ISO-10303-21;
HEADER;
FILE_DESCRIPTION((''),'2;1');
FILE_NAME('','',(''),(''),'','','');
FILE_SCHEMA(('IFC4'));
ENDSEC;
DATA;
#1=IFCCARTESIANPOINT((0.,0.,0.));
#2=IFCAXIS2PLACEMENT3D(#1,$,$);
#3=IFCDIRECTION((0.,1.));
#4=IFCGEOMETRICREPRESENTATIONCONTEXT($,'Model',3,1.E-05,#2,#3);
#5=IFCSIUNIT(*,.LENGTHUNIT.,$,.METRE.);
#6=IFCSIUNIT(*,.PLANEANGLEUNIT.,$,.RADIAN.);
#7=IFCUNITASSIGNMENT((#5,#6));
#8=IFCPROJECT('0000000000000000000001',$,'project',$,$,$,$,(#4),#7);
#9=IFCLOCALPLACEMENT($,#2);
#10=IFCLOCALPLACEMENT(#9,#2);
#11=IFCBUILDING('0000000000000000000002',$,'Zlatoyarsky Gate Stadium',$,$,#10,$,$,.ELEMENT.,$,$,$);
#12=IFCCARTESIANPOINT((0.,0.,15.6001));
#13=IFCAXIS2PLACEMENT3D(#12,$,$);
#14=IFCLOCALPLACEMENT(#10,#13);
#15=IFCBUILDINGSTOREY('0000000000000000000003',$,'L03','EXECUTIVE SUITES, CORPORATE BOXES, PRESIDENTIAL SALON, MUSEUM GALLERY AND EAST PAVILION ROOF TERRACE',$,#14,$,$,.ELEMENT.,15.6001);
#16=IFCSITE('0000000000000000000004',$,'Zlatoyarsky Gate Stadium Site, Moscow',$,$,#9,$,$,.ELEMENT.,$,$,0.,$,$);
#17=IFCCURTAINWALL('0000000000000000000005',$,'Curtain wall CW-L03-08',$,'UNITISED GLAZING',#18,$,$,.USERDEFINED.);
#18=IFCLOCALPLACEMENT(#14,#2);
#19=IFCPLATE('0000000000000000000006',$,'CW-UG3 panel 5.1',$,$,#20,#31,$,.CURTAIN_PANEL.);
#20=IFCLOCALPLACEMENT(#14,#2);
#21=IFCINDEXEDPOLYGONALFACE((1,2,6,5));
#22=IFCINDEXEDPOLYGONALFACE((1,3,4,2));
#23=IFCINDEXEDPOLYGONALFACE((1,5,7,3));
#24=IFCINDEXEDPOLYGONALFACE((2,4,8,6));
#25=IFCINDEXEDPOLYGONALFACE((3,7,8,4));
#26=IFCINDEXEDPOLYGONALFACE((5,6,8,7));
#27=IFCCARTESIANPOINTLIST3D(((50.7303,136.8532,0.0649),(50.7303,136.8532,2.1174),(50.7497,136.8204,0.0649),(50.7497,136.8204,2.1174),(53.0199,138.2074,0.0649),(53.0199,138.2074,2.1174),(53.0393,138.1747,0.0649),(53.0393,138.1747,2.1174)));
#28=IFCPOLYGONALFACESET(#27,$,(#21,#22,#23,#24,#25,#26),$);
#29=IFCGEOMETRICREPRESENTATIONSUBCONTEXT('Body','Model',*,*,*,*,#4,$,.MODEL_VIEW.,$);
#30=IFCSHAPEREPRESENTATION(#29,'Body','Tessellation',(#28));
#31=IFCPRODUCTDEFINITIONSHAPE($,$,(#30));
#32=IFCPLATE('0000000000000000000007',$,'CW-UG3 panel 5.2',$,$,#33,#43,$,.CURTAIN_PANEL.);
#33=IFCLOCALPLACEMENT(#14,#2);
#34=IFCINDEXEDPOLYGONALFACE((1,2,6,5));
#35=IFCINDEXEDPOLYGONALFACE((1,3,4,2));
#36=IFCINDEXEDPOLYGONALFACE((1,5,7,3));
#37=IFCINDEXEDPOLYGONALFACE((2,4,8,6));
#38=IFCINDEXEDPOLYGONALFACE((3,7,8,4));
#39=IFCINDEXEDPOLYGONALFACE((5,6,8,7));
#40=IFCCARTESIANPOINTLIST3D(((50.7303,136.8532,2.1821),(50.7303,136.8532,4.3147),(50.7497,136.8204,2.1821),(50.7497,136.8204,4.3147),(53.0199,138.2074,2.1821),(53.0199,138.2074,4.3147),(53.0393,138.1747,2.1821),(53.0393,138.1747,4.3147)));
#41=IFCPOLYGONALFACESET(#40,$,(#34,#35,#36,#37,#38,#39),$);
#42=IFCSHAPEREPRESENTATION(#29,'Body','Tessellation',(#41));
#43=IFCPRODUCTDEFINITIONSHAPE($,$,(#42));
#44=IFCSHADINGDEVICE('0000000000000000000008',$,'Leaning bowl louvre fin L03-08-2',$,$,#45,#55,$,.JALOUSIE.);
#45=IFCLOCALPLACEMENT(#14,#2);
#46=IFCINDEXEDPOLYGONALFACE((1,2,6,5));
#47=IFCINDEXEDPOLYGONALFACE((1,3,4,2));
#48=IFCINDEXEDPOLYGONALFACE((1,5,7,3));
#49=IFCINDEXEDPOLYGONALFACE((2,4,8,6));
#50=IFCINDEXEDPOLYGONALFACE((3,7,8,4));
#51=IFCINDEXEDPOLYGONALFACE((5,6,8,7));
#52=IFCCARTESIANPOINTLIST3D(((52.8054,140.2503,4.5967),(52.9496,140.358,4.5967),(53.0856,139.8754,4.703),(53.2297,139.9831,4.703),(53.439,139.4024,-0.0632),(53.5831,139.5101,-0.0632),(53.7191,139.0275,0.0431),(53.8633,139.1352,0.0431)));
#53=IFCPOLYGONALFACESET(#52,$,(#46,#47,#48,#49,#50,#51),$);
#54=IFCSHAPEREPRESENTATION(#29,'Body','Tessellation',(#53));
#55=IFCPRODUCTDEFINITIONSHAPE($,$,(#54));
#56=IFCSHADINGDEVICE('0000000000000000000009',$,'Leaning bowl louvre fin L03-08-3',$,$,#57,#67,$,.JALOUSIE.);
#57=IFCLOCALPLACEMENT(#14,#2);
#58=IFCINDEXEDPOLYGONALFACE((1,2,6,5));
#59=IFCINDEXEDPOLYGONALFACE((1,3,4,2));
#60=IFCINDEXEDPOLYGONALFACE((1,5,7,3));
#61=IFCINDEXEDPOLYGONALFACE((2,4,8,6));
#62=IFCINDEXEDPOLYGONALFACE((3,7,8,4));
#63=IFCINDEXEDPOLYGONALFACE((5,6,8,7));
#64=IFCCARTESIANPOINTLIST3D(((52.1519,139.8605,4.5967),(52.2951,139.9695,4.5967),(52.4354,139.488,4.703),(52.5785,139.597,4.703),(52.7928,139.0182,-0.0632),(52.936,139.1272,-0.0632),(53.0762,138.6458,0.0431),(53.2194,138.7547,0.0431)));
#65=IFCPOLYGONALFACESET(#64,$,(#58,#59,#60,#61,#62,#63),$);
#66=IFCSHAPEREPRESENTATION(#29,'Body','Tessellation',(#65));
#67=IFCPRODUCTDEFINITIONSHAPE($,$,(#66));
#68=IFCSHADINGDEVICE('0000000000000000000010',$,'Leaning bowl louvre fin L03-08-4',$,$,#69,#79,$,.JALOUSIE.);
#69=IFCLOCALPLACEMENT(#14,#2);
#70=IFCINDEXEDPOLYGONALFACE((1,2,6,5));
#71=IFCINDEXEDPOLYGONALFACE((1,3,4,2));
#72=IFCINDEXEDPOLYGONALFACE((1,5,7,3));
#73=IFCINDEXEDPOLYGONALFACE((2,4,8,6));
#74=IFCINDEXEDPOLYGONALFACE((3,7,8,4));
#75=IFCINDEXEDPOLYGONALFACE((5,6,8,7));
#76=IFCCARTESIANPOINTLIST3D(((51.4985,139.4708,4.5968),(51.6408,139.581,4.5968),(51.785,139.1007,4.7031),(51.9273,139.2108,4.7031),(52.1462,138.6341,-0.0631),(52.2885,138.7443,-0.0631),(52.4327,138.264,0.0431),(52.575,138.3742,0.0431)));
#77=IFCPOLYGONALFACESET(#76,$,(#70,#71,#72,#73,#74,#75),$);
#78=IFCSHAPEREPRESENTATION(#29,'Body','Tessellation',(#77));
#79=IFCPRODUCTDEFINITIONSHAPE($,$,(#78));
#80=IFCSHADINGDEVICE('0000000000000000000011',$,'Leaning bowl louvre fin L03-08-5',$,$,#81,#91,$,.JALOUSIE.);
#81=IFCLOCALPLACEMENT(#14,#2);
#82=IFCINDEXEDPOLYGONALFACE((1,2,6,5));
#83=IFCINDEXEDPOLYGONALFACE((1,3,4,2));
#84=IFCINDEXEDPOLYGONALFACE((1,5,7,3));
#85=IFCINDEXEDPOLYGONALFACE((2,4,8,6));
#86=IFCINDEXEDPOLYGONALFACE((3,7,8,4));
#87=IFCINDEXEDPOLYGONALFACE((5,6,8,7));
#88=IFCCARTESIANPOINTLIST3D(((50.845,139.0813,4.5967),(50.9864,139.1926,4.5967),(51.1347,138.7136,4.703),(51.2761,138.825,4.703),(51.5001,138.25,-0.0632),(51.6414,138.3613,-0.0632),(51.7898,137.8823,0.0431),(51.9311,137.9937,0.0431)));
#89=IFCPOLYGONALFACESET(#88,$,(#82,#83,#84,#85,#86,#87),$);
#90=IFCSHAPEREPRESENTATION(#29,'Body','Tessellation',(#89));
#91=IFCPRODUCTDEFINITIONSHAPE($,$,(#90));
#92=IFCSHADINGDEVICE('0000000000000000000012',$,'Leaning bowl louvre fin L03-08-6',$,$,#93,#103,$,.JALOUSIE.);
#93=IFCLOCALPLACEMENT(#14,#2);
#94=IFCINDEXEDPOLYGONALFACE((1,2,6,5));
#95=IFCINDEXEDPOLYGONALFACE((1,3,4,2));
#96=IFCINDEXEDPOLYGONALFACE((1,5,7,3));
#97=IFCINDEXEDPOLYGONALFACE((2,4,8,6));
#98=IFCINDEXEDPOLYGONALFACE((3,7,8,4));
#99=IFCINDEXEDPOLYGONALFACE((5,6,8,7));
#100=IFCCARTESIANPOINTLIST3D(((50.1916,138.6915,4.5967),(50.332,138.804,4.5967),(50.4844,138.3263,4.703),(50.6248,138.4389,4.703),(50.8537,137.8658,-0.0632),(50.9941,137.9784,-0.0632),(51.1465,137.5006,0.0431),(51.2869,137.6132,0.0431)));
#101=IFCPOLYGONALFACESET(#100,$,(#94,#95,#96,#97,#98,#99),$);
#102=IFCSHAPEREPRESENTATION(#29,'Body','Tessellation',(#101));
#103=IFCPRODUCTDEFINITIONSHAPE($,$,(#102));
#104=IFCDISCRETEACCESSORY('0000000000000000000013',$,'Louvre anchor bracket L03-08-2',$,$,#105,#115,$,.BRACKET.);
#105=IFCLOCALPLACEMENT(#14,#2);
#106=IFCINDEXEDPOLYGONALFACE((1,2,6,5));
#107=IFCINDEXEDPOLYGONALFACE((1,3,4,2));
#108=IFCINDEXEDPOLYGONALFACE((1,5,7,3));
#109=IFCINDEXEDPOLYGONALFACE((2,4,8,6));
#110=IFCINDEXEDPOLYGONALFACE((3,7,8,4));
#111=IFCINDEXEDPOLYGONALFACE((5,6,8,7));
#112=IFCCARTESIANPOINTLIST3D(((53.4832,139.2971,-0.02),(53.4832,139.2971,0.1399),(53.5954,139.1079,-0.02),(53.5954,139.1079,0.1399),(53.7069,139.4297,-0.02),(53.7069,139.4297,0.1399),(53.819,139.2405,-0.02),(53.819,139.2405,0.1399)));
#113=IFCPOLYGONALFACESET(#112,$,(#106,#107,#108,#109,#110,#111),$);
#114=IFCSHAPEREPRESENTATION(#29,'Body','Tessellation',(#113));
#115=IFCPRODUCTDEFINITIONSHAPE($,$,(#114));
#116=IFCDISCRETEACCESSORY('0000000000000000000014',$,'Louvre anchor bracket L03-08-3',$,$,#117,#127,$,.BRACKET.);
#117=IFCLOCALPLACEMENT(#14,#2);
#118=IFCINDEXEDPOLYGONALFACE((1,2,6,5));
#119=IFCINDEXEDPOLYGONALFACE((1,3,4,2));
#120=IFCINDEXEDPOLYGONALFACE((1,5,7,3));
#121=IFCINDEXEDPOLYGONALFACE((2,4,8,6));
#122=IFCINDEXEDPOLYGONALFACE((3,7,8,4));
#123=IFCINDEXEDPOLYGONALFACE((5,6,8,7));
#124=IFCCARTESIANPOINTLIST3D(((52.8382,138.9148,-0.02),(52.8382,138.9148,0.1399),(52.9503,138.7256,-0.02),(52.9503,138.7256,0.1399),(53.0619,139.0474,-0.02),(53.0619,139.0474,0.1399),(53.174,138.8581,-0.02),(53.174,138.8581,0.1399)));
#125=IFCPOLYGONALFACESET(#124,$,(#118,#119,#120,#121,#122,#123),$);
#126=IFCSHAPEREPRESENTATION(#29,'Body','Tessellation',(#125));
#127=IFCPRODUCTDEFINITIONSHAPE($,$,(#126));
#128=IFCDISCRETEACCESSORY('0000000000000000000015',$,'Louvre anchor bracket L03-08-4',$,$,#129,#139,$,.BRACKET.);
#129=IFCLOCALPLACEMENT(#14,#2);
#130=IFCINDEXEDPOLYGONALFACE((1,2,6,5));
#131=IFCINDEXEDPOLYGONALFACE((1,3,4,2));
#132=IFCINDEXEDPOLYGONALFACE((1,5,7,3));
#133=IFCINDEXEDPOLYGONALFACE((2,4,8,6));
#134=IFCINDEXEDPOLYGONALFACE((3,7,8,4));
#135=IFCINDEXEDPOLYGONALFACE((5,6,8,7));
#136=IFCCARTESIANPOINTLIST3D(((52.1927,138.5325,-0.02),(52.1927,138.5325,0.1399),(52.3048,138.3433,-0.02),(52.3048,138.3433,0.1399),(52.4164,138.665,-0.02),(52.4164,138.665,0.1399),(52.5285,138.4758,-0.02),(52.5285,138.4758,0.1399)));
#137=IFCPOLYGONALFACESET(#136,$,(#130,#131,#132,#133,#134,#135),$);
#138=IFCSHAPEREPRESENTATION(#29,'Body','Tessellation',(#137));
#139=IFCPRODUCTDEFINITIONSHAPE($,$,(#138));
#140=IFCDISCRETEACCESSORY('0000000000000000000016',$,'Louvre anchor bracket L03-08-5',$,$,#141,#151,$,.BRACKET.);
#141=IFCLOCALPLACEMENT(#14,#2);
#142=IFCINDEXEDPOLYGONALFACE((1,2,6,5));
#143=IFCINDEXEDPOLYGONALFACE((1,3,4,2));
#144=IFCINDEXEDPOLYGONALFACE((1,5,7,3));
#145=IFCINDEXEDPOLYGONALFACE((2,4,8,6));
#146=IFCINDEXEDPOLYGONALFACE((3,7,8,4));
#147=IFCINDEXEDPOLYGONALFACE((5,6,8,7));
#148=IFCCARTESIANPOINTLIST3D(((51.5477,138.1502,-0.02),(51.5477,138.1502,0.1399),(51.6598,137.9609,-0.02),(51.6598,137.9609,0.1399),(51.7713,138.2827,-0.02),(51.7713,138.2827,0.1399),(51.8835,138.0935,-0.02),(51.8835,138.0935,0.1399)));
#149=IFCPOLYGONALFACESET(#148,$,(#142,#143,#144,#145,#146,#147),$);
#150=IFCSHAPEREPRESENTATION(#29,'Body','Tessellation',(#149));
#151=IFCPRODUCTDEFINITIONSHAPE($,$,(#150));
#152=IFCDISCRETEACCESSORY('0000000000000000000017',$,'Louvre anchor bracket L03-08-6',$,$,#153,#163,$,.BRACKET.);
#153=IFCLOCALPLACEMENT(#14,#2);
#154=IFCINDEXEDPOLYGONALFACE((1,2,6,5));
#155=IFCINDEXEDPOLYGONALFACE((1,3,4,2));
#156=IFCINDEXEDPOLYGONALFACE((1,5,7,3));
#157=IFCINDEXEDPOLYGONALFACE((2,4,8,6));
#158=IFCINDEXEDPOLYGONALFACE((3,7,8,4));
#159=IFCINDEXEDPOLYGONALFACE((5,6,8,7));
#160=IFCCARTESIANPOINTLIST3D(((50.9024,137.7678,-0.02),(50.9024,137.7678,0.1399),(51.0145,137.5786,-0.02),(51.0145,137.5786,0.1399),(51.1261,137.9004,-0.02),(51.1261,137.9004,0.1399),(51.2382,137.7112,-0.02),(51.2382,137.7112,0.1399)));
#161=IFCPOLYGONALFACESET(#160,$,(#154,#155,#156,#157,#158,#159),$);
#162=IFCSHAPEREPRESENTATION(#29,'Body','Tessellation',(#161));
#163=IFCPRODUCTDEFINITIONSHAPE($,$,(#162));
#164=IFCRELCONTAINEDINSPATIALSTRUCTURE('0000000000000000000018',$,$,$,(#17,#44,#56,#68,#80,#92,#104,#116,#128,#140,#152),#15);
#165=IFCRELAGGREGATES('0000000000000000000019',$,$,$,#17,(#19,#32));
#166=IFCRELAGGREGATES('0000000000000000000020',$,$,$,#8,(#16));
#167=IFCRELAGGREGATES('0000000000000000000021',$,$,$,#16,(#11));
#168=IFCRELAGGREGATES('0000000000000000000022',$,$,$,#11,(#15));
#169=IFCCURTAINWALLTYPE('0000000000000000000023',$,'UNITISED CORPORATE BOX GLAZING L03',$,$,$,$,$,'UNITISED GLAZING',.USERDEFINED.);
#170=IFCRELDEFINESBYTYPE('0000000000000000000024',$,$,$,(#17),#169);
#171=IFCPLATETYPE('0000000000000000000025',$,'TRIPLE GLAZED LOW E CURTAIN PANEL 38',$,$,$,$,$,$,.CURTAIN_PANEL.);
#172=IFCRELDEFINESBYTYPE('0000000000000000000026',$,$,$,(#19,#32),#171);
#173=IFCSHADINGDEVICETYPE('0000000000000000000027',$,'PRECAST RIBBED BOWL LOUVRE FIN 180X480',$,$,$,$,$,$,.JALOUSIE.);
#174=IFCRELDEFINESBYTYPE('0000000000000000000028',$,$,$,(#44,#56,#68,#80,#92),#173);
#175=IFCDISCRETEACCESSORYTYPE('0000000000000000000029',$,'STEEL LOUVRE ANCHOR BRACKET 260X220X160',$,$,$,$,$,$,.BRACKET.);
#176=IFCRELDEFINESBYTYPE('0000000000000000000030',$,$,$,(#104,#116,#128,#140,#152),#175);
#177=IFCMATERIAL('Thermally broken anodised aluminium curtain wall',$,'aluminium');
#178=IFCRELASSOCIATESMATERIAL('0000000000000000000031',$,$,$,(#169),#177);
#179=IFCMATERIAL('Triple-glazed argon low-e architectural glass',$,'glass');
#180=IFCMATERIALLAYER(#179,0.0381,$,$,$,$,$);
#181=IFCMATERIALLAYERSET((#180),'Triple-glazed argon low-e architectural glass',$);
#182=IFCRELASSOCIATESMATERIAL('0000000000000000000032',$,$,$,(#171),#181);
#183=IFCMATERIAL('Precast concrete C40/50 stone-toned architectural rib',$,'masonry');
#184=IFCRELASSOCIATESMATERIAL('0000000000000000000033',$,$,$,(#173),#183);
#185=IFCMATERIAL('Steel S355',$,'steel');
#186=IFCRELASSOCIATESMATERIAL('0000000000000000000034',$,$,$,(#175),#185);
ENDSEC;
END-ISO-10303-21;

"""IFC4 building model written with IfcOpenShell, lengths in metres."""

from ifc_helpers import new_model, si_unit, direction, frame, origin, origin_2d, place, context, subcontext, project, spatial, rectangle, extrude, material, layer, layer_set, material_profile, profile_set, type_object, element, aggregate, save


model = new_model("IFC4")

# Units and contexts
model_context = context("Model", 3, precision=1e-05, world=origin(), true_north=direction((0.0, 1.0)))
body_context = subcontext(model_context, "Body", "Model", "MODEL_VIEW")
ifc_project = project(units=[si_unit("LENGTHUNIT", "METRE"), si_unit("PLANEANGLEUNIT", "RADIAN")], contexts=[model_context])

# Site, building, storey
site_placement = place(None, origin())
site = spatial("IfcSite", under=ifc_project, at=site_placement, Name="Zlatoyarsky Gate Stadium Site, Moscow", CompositionType="ELEMENT", RefElevation=0.0)
building_placement = place(site_placement, origin())
building = spatial("IfcBuilding", under=site, at=building_placement, Name="Zlatoyarsky Gate Stadium", CompositionType="ELEMENT")
storey_placement = place(building_placement, frame((0.0, 0.0, 15.6001)))
storey = spatial("IfcBuildingStorey", under=building, at=storey_placement, Name="L03", Description="EXECUTIVE SUITES, CORPORATE BOXES, PRESIDENTIAL SALON, MUSEUM GALLERY AND EAST PAVILION ROOF TERRACE", CompositionType="ELEMENT", Elevation=15.6001)

# Curtain wall
ifc_material_1 = material(Name="Thermally broken anodised aluminium curtain wall", Category="aluminium")
curtain_wall_type = type_object("IfcCurtainWallType", Name="UNITISED CORPORATE BOX GLAZING L03", ElementType="UNITISED GLAZING", PredefinedType="USERDEFINED", material=ifc_material_1)
curtain_wall_placement = place(storey_placement, origin())
curtain_wall = element("IfcCurtainWall", 1, at=curtain_wall_placement, inside=storey, type_object=curtain_wall_type, Name="Curtain wall CW-L03-08", ObjectType="UNITISED GLAZING", PredefinedType="USERDEFINED")

# Shared definitions
ifc_material_2 = material(Name="Steel S355", Category="steel")

# Plates
ifc_material_3 = material(Name="Triple-glazed argon low-e architectural glass", Category="glass")
ifc_layer_1 = layer(ifc_material_3, 0.0381)
ifc_layer_set_1 = layer_set([ifc_layer_1], Name="Triple-glazed argon low-e architectural glass")
plate_type_1 = type_object("IfcPlateType", Name="TRIPLE GLAZED LOW E CURTAIN PANEL 38", PredefinedType="CURTAIN_PANEL", material=ifc_layer_set_1)
plate_1_placement = place(storey_placement, frame((51.8848, 137.5139, 0.0649), z_axis=(0.0, 0.0, 1.0), x_axis=(-0.860708, -0.509098, 0.0)))
plate_1 = element("IfcPlate", 2, at=plate_1_placement, type_object=plate_type_1, Name="CW-UG3 panel 5.1", PredefinedType="CURTAIN_PANEL", context=body_context, shape_type="SweptSolid", body=[
    extrude(rectangle(XDim=2.6602, YDim=0.0381, at=origin_2d()), origin(), (0.0, 0.0, 1.0), 2.0525),
])
plate_2_placement = place(storey_placement, frame((51.8848, 137.5139, 2.1821), z_axis=(0.0, 0.0, 1.0), x_axis=(-0.860708, -0.509098, 0.0)))
plate_2 = element("IfcPlate", 3, at=plate_2_placement, type_object=plate_type_1, Name="CW-UG3 panel 5.2", PredefinedType="CURTAIN_PANEL", context=body_context, shape_type="SweptSolid", body=[
    extrude(rectangle(XDim=2.6602, YDim=0.0381, at=origin_2d()), origin(), (0.0, 0.0, 1.0), 2.1326),
])
aggregate(curtain_wall, [plate_1, plate_2])

# Shading devices
ifc_material_4 = material(Name="Precast concrete C40/50 stone-toned architectural rib", Category="masonry")
ifc_material_profile_1 = material_profile(ifc_material_4, rectangle(XDim=0.1799, YDim=0.48, at=origin_2d()), Name="RIB 180X480")
ifc_profile_set_1 = profile_set([ifc_material_profile_1], Name="Precast concrete C40/50 stone-toned architectural rib")
shading_device_type = type_object("IfcShadingDeviceType", Name="PRECAST RIBBED BOWL LOUVRE FIN 180X480", PredefinedType="JALOUSIE", material=ifc_profile_set_1)
for number, where, z_axis, x_axis, name in (
    (4, (53.6511, 139.2688, -0.01), (-0.132579, 0.177437, 0.975161), (-0.801078, -0.59856, 0.0), "Leaning bowl louvre fin L03-08-2"),
    (5, (53.0061, 138.8865, -0.01), (-0.134113, 0.176262, 0.975164), (-0.795829, -0.605522, 0.0), "Leaning bowl louvre fin L03-08-3"),
    (6, (52.3606, 138.5042, -0.01), (-0.135545, 0.17509, 0.975178), (-0.790742, -0.61215, 0.0), "Leaning bowl louvre fin L03-08-4"),
    (7, (51.7156, 138.1218, -0.01), (-0.137076, 0.173963, 0.975165), (-0.785461, -0.618911, 0.0), "Leaning bowl louvre fin L03-08-5"),
    (8, (51.0703, 137.7395, -0.01), (-0.138557, 0.172788, 0.975165), (-0.780148, -0.625595, 0.0), "Leaning bowl louvre fin L03-08-6"),
):
    element("IfcShadingDevice", number, at=place(storey_placement, frame(where, z_axis=z_axis, x_axis=x_axis)), inside=storey, type_object=shading_device_type, Name=name, PredefinedType="JALOUSIE", context=body_context, shape_type="SweptSolid", body=[
        extrude(rectangle(XDim=0.1799, YDim=0.48, at=origin_2d()), origin(), (0.0, 0.0, 1.0), 4.7786),
    ])

# Discrete accessories
discrete_accessory_type = type_object("IfcDiscreteAccessoryType", Name="STEEL LOUVRE ANCHOR BRACKET 260X220X160", PredefinedType="BRACKET", material=ifc_material_2)
for number, where, z_axis, x_axis, name in (
    (9, (53.6511, 139.2688, -0.02), (0.0, 0.0, 1.0), (-0.860285, -0.509814, 0.0), "Louvre anchor bracket L03-08-2"),
    (10, (53.0061, 138.8865, -0.02), (0.0, 0.0, 1.0), (-0.860285, -0.509814, 0.0), "Louvre anchor bracket L03-08-3"),
    (11, (52.3606, 138.5042, -0.02), (0.0, 0.0, 1.0), (-0.860285, -0.509814, 0.0), "Louvre anchor bracket L03-08-4"),
    (12, (51.7156, 138.1218, -0.02), (0.0, 0.0, 1.0), (-0.860285, -0.509814, 0.0), "Louvre anchor bracket L03-08-5"),
    (13, (51.0703, 137.7395, -0.02), (0.0, 0.0, 1.0), (-0.860285, -0.509814, 0.0), "Louvre anchor bracket L03-08-6"),
):
    element("IfcDiscreteAccessory", number, at=place(storey_placement, frame(where, z_axis=z_axis, x_axis=x_axis)), inside=storey, type_object=discrete_accessory_type, Name=name, PredefinedType="BRACKET", context=body_context, shape_type="SweptSolid", body=[
        extrude(rectangle(XDim=0.26, YDim=0.22, at=origin_2d()), origin(), (0.0, 0.0, 1.0), 0.1599),
    ])

save(model, "model.ifc")
